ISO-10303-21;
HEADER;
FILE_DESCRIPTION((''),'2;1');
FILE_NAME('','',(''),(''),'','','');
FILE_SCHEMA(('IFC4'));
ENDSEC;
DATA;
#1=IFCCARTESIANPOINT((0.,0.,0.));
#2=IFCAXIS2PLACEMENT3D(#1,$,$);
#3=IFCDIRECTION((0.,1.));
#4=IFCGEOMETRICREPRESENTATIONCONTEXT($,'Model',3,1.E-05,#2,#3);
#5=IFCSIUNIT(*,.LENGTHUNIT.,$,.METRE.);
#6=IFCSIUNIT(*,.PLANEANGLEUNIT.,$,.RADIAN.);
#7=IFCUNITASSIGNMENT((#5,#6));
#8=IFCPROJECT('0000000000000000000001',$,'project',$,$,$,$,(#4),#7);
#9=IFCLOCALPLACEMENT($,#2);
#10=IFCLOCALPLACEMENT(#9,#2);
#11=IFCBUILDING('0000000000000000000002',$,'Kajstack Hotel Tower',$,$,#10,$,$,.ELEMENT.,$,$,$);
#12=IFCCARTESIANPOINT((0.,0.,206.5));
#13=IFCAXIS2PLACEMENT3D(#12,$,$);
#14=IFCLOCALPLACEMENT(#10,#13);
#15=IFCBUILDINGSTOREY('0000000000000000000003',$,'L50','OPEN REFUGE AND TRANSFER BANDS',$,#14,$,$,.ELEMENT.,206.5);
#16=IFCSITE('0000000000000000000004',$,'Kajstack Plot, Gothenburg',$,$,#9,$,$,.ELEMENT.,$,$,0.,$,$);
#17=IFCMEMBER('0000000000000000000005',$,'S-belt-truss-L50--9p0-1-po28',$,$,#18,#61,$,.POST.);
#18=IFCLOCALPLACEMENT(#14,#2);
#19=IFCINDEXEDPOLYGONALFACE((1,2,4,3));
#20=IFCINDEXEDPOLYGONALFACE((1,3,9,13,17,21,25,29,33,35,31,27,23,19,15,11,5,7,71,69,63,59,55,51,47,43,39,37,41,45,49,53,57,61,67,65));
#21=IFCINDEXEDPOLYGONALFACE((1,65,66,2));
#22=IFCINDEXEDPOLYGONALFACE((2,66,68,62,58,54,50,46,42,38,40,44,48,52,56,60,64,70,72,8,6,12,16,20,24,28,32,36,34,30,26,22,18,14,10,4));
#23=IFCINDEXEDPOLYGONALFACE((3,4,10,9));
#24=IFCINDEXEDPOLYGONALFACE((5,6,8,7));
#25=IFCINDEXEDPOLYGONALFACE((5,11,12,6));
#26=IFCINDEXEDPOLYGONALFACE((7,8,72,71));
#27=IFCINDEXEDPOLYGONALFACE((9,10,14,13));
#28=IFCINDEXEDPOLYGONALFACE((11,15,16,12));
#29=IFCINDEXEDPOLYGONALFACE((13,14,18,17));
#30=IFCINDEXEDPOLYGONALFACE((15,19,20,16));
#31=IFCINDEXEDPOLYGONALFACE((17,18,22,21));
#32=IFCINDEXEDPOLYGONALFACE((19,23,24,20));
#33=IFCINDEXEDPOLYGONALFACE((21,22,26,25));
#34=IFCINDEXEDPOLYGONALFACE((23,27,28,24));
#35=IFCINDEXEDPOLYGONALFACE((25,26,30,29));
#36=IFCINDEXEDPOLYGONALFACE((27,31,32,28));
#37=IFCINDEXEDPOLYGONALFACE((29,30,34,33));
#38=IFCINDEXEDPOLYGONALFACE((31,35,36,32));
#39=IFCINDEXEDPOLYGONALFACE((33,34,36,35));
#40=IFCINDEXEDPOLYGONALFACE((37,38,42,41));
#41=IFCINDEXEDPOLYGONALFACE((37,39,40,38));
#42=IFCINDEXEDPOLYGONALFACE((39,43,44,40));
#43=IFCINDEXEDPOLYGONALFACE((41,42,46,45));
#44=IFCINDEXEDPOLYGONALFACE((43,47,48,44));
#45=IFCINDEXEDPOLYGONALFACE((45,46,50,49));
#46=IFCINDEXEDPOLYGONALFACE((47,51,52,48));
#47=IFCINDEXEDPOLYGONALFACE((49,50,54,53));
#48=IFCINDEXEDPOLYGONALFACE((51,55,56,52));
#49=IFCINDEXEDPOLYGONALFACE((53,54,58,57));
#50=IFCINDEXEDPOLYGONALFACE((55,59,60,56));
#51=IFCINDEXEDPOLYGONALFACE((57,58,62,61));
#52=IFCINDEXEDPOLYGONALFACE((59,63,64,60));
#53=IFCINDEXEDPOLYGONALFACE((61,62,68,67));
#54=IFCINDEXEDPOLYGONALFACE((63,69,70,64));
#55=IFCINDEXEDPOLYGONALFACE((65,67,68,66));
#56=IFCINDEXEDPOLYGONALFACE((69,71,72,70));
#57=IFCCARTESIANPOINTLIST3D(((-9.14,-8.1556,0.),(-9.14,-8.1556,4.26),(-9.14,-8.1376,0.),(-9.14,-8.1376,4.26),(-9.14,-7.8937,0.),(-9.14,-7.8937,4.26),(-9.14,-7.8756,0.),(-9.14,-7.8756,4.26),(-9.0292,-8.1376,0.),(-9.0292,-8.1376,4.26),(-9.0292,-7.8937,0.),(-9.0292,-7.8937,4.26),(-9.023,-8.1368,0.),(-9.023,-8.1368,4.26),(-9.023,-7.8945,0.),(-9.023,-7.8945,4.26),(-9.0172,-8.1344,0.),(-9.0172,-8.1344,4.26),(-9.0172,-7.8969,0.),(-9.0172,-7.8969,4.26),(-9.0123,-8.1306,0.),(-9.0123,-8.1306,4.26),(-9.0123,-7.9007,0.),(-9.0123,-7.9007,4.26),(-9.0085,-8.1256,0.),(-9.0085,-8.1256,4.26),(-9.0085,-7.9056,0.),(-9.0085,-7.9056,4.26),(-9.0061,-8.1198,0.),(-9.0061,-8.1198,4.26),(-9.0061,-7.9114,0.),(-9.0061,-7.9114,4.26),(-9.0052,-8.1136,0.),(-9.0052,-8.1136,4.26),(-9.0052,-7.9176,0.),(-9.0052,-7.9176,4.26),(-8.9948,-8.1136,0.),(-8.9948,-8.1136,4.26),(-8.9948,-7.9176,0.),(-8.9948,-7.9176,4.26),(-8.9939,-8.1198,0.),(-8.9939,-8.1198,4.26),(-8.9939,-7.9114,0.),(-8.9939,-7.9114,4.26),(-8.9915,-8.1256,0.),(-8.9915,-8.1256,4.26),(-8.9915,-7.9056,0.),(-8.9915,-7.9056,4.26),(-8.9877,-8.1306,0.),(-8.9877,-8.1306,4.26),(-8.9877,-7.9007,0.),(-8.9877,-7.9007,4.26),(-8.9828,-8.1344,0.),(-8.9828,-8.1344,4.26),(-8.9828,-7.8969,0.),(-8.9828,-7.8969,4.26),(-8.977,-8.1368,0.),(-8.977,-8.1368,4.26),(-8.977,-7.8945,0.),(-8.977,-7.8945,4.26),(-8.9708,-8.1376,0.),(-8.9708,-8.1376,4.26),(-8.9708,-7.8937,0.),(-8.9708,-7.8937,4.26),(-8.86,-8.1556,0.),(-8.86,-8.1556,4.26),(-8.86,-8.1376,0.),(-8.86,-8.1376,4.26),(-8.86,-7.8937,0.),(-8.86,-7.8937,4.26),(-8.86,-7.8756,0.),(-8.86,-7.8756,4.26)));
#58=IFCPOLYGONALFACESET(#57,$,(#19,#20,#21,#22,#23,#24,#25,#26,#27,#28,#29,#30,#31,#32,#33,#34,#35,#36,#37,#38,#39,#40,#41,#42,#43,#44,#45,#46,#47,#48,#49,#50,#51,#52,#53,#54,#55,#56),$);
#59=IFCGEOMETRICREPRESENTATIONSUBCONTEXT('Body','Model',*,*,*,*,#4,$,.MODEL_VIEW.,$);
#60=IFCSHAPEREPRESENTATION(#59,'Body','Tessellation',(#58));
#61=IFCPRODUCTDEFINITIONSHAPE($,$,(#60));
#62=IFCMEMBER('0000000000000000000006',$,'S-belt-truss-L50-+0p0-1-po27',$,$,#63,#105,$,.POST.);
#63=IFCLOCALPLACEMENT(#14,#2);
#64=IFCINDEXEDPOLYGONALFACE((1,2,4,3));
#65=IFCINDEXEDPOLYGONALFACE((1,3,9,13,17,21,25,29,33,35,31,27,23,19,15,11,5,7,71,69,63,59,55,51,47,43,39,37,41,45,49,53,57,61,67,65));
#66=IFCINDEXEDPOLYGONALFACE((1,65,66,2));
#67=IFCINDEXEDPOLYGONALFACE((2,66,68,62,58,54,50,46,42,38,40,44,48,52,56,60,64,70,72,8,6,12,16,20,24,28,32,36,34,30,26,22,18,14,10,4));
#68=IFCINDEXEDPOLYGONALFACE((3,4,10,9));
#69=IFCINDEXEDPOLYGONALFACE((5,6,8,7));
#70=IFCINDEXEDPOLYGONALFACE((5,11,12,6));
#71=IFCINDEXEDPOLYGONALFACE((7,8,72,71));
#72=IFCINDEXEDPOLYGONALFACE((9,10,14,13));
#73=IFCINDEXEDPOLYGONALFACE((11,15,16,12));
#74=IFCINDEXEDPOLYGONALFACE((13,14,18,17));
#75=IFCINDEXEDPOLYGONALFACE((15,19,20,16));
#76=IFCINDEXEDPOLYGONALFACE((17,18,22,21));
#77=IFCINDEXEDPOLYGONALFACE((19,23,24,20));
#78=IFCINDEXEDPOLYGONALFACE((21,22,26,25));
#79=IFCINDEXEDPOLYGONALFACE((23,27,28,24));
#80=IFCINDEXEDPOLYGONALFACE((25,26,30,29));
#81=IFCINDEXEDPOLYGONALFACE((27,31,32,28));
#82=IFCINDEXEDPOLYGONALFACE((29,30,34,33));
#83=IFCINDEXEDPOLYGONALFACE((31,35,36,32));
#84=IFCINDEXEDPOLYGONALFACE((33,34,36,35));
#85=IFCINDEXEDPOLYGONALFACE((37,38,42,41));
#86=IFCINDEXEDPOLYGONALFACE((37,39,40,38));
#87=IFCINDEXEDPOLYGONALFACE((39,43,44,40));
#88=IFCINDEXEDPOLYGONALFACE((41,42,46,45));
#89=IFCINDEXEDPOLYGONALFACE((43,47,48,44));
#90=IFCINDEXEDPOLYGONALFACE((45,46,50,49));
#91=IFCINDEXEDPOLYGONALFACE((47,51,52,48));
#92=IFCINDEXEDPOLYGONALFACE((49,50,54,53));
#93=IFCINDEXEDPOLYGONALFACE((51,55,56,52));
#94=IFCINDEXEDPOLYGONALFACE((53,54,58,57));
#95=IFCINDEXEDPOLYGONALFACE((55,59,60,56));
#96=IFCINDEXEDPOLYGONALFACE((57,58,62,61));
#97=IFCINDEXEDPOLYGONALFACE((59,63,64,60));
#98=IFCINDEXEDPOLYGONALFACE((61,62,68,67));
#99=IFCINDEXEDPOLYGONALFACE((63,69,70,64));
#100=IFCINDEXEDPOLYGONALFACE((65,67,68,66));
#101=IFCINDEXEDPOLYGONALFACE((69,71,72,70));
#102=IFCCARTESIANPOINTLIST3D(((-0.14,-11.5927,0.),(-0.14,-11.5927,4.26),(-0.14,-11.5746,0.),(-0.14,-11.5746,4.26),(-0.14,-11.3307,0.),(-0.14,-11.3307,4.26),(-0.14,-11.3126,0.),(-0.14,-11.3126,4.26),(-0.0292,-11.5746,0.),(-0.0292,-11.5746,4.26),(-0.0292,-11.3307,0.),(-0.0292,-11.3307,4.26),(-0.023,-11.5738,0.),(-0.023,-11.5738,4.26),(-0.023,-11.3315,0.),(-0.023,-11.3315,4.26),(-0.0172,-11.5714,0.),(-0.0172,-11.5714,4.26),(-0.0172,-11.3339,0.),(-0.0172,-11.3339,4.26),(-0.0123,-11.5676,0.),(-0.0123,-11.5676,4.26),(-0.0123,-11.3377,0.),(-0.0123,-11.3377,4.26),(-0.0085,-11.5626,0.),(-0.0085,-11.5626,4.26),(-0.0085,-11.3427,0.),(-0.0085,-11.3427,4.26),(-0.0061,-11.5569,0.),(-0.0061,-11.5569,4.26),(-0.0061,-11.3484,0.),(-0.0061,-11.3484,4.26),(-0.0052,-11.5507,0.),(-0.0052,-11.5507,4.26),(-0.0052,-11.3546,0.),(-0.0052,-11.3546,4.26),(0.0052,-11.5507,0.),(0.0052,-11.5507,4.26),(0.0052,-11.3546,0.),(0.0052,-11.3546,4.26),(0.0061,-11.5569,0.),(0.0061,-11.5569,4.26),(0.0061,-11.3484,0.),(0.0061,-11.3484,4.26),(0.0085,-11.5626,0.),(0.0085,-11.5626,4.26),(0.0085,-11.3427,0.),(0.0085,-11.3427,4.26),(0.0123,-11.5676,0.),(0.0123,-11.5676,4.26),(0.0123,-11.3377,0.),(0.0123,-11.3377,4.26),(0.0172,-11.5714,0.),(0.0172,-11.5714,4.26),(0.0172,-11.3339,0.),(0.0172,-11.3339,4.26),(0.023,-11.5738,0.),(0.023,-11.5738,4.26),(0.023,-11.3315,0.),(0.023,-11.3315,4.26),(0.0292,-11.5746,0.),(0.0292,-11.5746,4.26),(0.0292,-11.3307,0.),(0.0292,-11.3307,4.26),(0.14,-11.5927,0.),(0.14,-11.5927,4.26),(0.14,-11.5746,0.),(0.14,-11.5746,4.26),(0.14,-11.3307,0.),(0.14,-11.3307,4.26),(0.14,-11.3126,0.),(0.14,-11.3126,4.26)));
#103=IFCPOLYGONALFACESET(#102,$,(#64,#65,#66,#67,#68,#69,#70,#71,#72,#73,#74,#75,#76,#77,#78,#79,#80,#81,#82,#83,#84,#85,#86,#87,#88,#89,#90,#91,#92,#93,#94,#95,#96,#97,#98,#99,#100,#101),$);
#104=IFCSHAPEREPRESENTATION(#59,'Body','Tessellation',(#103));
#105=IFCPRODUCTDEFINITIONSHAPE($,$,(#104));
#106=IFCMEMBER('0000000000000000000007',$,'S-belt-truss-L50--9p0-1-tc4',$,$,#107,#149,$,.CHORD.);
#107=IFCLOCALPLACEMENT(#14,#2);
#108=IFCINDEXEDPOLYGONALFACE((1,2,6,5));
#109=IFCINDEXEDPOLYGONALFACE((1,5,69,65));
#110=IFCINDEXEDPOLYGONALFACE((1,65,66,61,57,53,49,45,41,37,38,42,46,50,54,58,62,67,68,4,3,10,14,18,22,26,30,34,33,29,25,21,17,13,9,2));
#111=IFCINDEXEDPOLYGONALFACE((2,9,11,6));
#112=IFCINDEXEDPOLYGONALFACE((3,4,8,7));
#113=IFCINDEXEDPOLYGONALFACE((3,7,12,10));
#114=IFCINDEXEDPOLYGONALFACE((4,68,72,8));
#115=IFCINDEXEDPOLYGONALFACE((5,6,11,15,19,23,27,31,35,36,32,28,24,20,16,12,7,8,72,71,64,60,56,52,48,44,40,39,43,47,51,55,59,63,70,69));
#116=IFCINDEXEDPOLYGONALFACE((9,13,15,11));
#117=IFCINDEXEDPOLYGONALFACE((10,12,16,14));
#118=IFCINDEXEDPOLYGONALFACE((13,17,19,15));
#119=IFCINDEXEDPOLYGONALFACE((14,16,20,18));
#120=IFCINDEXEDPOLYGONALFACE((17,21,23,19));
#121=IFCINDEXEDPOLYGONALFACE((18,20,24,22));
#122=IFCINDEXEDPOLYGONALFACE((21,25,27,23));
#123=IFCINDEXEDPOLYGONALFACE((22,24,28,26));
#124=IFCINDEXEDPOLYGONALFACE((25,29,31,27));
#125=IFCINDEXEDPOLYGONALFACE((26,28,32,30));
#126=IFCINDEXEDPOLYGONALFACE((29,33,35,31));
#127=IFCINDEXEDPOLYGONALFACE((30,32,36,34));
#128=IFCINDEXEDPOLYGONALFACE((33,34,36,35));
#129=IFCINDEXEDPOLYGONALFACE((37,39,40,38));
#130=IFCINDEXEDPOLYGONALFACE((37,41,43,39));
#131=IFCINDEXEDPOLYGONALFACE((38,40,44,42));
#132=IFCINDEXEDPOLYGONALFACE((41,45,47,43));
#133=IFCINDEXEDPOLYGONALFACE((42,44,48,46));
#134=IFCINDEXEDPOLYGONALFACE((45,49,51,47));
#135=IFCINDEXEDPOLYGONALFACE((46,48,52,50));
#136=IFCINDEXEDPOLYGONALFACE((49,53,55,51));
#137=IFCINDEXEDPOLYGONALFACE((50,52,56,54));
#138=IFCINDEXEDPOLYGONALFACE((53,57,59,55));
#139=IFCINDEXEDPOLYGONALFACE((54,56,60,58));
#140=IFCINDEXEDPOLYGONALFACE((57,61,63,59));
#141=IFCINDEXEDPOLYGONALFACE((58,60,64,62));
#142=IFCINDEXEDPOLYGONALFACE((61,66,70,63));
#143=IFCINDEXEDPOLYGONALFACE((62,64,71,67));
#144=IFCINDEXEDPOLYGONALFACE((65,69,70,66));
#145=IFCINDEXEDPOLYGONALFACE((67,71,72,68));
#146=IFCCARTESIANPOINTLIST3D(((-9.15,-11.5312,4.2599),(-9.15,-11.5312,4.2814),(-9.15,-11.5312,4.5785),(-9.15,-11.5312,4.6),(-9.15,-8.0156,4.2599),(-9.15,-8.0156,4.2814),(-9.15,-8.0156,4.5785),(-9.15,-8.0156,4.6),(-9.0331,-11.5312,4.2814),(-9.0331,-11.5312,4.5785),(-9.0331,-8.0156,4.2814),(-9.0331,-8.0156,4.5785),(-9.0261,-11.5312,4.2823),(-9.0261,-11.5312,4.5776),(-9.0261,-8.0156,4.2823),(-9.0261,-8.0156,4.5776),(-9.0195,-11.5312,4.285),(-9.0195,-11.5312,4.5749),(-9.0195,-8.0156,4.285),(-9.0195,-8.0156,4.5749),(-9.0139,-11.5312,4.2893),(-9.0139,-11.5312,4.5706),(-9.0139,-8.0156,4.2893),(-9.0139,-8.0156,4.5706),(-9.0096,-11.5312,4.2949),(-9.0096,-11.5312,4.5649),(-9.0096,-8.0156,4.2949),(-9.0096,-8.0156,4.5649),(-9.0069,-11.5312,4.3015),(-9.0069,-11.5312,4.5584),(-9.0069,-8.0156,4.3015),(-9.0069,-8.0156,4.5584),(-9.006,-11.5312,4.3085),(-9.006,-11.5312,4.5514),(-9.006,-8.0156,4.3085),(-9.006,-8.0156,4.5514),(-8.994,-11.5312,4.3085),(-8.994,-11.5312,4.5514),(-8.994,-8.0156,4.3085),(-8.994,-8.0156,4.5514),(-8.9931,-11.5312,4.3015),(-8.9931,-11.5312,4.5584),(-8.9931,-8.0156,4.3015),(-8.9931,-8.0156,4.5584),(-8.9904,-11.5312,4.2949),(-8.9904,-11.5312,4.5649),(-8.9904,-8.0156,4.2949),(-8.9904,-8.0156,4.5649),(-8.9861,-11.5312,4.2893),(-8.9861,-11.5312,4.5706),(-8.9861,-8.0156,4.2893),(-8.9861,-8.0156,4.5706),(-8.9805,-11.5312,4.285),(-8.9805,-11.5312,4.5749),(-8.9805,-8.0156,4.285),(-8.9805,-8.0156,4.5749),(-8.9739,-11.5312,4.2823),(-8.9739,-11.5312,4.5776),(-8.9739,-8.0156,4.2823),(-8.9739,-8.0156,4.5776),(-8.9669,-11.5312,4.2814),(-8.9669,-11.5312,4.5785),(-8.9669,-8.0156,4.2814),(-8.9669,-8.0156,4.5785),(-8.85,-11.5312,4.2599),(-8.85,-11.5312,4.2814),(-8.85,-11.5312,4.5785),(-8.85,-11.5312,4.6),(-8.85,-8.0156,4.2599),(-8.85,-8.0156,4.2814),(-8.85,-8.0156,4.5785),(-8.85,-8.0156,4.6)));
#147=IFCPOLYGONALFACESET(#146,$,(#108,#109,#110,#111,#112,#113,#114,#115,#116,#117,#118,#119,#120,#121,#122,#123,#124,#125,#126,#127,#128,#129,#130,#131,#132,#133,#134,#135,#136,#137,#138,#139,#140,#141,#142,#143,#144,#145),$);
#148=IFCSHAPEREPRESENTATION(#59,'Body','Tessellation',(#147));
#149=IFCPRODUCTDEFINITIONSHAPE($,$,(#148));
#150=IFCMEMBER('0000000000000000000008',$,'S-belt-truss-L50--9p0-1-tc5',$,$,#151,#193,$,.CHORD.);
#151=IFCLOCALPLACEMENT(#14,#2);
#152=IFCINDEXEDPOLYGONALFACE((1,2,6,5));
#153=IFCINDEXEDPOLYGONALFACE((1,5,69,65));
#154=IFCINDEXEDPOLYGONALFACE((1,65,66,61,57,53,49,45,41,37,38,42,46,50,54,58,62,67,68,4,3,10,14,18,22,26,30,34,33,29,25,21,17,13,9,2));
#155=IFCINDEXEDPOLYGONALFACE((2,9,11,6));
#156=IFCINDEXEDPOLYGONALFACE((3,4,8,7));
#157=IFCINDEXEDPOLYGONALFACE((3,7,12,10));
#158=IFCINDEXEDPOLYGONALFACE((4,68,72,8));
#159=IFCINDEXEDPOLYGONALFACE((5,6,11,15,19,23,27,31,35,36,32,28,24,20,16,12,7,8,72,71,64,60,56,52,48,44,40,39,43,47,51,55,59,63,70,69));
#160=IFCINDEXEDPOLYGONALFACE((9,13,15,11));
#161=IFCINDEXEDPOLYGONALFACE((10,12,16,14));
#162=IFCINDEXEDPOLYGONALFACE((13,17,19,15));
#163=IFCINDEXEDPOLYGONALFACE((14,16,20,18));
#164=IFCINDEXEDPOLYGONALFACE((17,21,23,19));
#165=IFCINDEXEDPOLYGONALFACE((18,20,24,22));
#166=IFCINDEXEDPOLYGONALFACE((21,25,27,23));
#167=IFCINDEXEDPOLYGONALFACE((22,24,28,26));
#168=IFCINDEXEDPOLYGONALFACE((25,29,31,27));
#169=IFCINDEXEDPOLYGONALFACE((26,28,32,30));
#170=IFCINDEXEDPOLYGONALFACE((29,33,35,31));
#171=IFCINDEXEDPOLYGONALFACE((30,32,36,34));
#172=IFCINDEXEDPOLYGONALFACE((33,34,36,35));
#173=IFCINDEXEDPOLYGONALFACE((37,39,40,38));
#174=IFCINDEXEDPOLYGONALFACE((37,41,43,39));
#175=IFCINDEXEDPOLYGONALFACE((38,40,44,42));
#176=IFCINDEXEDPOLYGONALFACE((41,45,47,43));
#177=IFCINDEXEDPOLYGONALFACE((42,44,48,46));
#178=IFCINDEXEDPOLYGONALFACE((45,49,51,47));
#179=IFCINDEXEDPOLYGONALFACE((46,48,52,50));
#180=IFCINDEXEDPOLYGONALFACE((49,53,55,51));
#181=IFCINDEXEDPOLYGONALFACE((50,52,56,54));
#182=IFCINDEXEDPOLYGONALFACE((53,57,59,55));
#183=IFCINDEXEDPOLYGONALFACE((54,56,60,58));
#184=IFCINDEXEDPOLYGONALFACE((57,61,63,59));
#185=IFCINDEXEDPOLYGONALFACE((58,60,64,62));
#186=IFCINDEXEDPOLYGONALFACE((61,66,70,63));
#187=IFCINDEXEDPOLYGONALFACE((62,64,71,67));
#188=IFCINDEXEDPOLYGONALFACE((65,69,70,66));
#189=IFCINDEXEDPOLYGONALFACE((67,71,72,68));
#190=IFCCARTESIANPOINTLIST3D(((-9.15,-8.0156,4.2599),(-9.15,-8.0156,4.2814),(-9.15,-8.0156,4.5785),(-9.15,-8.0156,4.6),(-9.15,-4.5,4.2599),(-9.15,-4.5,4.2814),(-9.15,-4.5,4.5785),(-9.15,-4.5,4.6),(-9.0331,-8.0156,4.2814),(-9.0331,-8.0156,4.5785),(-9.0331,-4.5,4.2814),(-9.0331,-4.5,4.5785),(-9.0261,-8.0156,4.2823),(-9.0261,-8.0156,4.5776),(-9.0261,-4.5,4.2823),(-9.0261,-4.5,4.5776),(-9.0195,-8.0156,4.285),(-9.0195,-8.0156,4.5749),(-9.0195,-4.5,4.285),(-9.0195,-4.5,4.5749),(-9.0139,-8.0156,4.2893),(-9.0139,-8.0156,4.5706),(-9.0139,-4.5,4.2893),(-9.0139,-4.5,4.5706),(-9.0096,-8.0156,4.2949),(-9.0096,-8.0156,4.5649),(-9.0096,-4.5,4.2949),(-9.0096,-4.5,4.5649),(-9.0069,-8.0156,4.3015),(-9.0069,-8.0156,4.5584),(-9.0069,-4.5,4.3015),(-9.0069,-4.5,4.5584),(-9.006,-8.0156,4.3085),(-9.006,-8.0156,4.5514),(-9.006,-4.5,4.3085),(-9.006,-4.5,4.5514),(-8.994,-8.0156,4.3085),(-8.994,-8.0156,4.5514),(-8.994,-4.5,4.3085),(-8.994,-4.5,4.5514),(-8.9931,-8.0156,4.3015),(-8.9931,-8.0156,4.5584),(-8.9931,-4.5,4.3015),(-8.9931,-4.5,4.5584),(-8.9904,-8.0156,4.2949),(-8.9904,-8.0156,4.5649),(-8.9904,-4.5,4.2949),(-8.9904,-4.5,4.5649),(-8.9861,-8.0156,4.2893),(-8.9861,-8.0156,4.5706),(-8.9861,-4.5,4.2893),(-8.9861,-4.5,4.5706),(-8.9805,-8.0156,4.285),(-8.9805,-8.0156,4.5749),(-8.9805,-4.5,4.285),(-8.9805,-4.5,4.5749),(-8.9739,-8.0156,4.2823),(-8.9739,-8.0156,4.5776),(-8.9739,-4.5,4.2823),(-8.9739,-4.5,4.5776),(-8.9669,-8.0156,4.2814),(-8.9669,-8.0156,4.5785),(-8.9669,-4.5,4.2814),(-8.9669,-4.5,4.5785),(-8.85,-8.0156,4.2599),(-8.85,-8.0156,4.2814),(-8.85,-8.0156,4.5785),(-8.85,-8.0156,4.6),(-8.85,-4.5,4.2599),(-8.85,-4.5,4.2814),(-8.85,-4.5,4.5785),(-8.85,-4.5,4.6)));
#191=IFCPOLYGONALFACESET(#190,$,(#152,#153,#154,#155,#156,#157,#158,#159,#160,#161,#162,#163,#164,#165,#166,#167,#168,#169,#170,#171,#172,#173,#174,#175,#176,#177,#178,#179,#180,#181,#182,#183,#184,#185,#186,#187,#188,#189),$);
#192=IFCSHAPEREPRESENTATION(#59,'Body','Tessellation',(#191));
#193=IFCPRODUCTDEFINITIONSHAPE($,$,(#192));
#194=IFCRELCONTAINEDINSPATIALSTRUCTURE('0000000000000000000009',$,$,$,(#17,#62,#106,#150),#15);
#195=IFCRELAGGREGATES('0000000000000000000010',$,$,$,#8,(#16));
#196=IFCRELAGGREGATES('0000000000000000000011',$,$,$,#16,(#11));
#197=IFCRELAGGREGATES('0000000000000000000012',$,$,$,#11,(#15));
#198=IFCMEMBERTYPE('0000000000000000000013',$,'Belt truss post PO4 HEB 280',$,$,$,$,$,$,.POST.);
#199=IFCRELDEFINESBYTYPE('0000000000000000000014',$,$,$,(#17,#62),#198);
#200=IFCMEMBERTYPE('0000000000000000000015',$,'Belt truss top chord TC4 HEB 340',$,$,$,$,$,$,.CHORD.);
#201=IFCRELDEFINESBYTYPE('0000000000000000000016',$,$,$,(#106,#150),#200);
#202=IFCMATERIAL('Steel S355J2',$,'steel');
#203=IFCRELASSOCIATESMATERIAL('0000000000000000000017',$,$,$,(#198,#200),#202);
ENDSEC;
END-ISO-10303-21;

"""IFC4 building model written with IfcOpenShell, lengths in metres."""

from ifc_helpers import new_model, si_unit, direction, frame, origin, origin_2d, place, context, subcontext, project, spatial, i_section, extrude, material, material_profile, profile_set, type_object, element, save


model = new_model("IFC4")

# Units and contexts
model_context = context("Model", 3, precision=1e-05, world=origin(), true_north=direction((0.0, 1.0)))
body_context = subcontext(model_context, "Body", "Model", "MODEL_VIEW")
ifc_project = project(units=[si_unit("LENGTHUNIT", "METRE"), si_unit("PLANEANGLEUNIT", "RADIAN")], contexts=[model_context])

# Site, building, storey
site_placement = place(None, origin())
site = spatial("IfcSite", under=ifc_project, at=site_placement, Name="Kajstack Plot, Gothenburg", CompositionType="ELEMENT", RefElevation=0.0)
building_placement = place(site_placement, origin())
building = spatial("IfcBuilding", under=site, at=building_placement, Name="Kajstack Hotel Tower", CompositionType="ELEMENT")
storey_placement = place(building_placement, frame((0.0, 0.0, 206.5)))
storey = spatial("IfcBuildingStorey", under=building, at=storey_placement, Name="L50", Description="OPEN REFUGE AND TRANSFER BANDS", CompositionType="ELEMENT", Elevation=206.5)

# Members
ifc_material_1 = material(Name="Steel S355J2", Category="steel")
ifc_material_profile_1 = material_profile(ifc_material_1, i_section(OverallWidth=0.28, OverallDepth=0.28, WebThickness=0.0105, FlangeThickness=0.0181, FilletRadius=0.0239, at=origin_2d()), Name="HEB 280")
ifc_profile_set_1 = profile_set([ifc_material_profile_1], Name="Steel S355J2")
member_type_1 = type_object("IfcMemberType", Name="Belt truss post PO4 HEB 280", PredefinedType="POST", material=ifc_profile_set_1)
for number, where, z_axis, x_axis, name in (
    (1, (-9.0, -8.0156, 0.0), (0.0, 0.0, 1.0), (1.0, 0.0, 0.0), "S-belt-truss-L50--9p0-1-po28"),
    (2, (0.0, -11.4526, 0.0), (0.0, 0.0, 1.0), (1.0, 0.0, 0.0), "S-belt-truss-L50-+0p0-1-po27"),
):
    element("IfcMember", number, at=place(storey_placement, frame(where, z_axis=z_axis, x_axis=x_axis)), inside=storey, type_object=member_type_1, Name=name, PredefinedType="POST", context=body_context, shape_type="SweptSolid", body=[
        extrude(i_section(OverallWidth=0.28, OverallDepth=0.28, WebThickness=0.0105, FlangeThickness=0.0181, FilletRadius=0.0239, at=origin_2d()), origin(), (0.0, 0.0, 1.0), 4.26),
    ])
ifc_material_profile_2 = material_profile(ifc_material_1, i_section(OverallWidth=0.3, OverallDepth=0.3401, WebThickness=0.012, FlangeThickness=0.0215, FilletRadius=0.0271, at=origin_2d()), Name="HEB 340")
ifc_profile_set_2 = profile_set([ifc_material_profile_2], Name="Steel S355J2")
member_type_2 = type_object("IfcMemberType", Name="Belt truss top chord TC4 HEB 340", PredefinedType="CHORD", material=ifc_profile_set_2)
for number, where, z_axis, x_axis, name in (
    (3, (-9.0, -11.5312, 4.4299), (0.0, 1.0, 0.0), (-1.0, 0.0, 0.0), "S-belt-truss-L50--9p0-1-tc4"),
    (4, (-9.0, -8.0156, 4.4299), (0.0, 1.0, 0.0), (-1.0, 0.0, 0.0), "S-belt-truss-L50--9p0-1-tc5"),
):
    element("IfcMember", number, at=place(storey_placement, frame(where, z_axis=z_axis, x_axis=x_axis)), inside=storey, type_object=member_type_2, Name=name, PredefinedType="CHORD", context=body_context, shape_type="SweptSolid", body=[
        extrude(i_section(OverallWidth=0.3, OverallDepth=0.3401, WebThickness=0.012, FlangeThickness=0.0215, FilletRadius=0.0271, at=origin_2d()), origin(), (0.0, 0.0, 1.0), 3.5156),
    ])

save(model, "model.ifc")
